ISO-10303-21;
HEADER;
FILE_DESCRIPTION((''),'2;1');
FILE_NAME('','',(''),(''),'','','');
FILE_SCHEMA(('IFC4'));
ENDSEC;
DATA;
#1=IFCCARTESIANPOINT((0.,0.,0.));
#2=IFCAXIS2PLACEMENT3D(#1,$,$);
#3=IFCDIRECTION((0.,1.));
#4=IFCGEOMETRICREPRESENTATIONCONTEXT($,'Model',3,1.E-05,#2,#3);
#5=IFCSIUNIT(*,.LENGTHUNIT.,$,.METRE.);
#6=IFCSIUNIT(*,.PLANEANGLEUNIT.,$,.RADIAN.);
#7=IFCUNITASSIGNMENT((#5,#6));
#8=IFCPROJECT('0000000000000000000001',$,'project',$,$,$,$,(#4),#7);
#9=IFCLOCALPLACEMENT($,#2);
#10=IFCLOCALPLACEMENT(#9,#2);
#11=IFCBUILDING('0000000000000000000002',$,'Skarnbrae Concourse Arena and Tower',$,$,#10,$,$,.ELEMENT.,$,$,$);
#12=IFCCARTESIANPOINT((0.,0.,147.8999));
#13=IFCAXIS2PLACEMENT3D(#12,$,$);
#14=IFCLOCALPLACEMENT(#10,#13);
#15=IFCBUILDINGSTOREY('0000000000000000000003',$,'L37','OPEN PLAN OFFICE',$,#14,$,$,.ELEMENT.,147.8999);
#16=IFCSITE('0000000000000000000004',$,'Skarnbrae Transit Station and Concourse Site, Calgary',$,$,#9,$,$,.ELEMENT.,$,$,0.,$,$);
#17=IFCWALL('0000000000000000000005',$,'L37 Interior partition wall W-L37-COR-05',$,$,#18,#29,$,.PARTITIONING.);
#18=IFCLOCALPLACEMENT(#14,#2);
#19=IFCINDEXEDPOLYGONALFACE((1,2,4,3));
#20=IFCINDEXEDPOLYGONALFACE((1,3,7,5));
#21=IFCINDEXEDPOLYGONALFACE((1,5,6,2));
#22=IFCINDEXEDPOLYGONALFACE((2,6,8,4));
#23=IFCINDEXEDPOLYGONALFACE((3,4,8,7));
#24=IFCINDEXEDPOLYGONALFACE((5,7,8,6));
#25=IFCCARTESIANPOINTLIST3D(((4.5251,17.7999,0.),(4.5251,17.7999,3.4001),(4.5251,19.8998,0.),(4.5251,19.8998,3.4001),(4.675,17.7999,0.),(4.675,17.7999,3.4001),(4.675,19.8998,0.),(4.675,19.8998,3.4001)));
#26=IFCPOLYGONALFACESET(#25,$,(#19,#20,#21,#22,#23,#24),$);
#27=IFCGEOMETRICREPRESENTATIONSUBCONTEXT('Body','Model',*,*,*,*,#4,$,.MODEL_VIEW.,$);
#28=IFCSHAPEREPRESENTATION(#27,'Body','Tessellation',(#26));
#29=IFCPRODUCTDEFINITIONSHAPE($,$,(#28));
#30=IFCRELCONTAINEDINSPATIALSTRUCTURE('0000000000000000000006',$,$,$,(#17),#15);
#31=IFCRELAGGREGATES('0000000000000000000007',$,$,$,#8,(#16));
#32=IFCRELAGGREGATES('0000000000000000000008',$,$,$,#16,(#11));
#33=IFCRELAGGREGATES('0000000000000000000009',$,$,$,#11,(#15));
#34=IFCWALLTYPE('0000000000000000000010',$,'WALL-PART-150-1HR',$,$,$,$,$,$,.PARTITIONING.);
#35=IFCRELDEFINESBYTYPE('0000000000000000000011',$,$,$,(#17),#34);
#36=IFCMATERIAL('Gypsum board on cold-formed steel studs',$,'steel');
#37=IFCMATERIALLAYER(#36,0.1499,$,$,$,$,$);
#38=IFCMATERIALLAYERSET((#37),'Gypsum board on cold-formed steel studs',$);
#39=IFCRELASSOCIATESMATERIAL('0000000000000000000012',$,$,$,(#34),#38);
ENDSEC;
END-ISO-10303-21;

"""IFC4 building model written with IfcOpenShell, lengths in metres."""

from ifc_helpers import new_model, si_unit, direction, frame, frame_2d, origin, place, context, subcontext, project, spatial, rectangle, extrude, source, transform, mapped, material, layer, layer_set, type_object, element, save


model = new_model("IFC4")

# Units and contexts
model_context = context("Model", 3, precision=1e-05, world=origin(), true_north=direction((0.0, 1.0)))
body_context = subcontext(model_context, "Body", "Model", "MODEL_VIEW")
ifc_project = project(units=[si_unit("LENGTHUNIT", "METRE"), si_unit("PLANEANGLEUNIT", "RADIAN")], contexts=[model_context])

# Site, building, storey
site_placement = place(None, origin())
site = spatial("IfcSite", under=ifc_project, at=site_placement, Name="Skarnbrae Transit Station and Concourse Site, Calgary", CompositionType="ELEMENT", RefElevation=0.0)
building_placement = place(site_placement, origin())
building = spatial("IfcBuilding", under=site, at=building_placement, Name="Skarnbrae Concourse Arena and Tower", CompositionType="ELEMENT")
storey_placement = place(building_placement, frame((0.0, 0.0, 147.8999)))
storey = spatial("IfcBuildingStorey", under=building, at=storey_placement, Name="L37", Description="OPEN PLAN OFFICE", CompositionType="ELEMENT", Elevation=147.8999)

# Shared definitions
ifc_material_1 = material(Name="Gypsum board on cold-formed steel studs", Category="steel")
ifc_layer_1 = layer(ifc_material_1, 0.1499)
ifc_layer_set_1 = layer_set([ifc_layer_1], Name="Gypsum board on cold-formed steel studs")
wall_type_1 = type_object("IfcWallType", Name="WALL-PART-150-1HR", PredefinedType="PARTITIONING", material=ifc_layer_set_1)

# Wall
shared_shape_1 = source(origin(), body_context, "Body", "SweptSolid", [
    extrude(rectangle(XDim=2.0999, YDim=0.1499, at=frame_2d((1.0498, 0.0))), origin(), (0.0, 0.0, 1.0), 3.4001),
])
wall_1_placement = place(storey_placement, frame((4.6001, 17.8, 0.0), z_axis=(0.0, 0.0, 1.0), x_axis=(0.0, 1.0, 0.0)))
element("IfcWall", 1, at=wall_1_placement, inside=storey, type_object=wall_type_1, Name="L37 Interior partition wall W-L37-COR-05", PredefinedType="PARTITIONING", context=body_context, shape_type="MappedRepresentation", body=[
    mapped(shared_shape_1, transform((0.0, 0.0, 0.0))),
])

save(model, "model.ifc")
